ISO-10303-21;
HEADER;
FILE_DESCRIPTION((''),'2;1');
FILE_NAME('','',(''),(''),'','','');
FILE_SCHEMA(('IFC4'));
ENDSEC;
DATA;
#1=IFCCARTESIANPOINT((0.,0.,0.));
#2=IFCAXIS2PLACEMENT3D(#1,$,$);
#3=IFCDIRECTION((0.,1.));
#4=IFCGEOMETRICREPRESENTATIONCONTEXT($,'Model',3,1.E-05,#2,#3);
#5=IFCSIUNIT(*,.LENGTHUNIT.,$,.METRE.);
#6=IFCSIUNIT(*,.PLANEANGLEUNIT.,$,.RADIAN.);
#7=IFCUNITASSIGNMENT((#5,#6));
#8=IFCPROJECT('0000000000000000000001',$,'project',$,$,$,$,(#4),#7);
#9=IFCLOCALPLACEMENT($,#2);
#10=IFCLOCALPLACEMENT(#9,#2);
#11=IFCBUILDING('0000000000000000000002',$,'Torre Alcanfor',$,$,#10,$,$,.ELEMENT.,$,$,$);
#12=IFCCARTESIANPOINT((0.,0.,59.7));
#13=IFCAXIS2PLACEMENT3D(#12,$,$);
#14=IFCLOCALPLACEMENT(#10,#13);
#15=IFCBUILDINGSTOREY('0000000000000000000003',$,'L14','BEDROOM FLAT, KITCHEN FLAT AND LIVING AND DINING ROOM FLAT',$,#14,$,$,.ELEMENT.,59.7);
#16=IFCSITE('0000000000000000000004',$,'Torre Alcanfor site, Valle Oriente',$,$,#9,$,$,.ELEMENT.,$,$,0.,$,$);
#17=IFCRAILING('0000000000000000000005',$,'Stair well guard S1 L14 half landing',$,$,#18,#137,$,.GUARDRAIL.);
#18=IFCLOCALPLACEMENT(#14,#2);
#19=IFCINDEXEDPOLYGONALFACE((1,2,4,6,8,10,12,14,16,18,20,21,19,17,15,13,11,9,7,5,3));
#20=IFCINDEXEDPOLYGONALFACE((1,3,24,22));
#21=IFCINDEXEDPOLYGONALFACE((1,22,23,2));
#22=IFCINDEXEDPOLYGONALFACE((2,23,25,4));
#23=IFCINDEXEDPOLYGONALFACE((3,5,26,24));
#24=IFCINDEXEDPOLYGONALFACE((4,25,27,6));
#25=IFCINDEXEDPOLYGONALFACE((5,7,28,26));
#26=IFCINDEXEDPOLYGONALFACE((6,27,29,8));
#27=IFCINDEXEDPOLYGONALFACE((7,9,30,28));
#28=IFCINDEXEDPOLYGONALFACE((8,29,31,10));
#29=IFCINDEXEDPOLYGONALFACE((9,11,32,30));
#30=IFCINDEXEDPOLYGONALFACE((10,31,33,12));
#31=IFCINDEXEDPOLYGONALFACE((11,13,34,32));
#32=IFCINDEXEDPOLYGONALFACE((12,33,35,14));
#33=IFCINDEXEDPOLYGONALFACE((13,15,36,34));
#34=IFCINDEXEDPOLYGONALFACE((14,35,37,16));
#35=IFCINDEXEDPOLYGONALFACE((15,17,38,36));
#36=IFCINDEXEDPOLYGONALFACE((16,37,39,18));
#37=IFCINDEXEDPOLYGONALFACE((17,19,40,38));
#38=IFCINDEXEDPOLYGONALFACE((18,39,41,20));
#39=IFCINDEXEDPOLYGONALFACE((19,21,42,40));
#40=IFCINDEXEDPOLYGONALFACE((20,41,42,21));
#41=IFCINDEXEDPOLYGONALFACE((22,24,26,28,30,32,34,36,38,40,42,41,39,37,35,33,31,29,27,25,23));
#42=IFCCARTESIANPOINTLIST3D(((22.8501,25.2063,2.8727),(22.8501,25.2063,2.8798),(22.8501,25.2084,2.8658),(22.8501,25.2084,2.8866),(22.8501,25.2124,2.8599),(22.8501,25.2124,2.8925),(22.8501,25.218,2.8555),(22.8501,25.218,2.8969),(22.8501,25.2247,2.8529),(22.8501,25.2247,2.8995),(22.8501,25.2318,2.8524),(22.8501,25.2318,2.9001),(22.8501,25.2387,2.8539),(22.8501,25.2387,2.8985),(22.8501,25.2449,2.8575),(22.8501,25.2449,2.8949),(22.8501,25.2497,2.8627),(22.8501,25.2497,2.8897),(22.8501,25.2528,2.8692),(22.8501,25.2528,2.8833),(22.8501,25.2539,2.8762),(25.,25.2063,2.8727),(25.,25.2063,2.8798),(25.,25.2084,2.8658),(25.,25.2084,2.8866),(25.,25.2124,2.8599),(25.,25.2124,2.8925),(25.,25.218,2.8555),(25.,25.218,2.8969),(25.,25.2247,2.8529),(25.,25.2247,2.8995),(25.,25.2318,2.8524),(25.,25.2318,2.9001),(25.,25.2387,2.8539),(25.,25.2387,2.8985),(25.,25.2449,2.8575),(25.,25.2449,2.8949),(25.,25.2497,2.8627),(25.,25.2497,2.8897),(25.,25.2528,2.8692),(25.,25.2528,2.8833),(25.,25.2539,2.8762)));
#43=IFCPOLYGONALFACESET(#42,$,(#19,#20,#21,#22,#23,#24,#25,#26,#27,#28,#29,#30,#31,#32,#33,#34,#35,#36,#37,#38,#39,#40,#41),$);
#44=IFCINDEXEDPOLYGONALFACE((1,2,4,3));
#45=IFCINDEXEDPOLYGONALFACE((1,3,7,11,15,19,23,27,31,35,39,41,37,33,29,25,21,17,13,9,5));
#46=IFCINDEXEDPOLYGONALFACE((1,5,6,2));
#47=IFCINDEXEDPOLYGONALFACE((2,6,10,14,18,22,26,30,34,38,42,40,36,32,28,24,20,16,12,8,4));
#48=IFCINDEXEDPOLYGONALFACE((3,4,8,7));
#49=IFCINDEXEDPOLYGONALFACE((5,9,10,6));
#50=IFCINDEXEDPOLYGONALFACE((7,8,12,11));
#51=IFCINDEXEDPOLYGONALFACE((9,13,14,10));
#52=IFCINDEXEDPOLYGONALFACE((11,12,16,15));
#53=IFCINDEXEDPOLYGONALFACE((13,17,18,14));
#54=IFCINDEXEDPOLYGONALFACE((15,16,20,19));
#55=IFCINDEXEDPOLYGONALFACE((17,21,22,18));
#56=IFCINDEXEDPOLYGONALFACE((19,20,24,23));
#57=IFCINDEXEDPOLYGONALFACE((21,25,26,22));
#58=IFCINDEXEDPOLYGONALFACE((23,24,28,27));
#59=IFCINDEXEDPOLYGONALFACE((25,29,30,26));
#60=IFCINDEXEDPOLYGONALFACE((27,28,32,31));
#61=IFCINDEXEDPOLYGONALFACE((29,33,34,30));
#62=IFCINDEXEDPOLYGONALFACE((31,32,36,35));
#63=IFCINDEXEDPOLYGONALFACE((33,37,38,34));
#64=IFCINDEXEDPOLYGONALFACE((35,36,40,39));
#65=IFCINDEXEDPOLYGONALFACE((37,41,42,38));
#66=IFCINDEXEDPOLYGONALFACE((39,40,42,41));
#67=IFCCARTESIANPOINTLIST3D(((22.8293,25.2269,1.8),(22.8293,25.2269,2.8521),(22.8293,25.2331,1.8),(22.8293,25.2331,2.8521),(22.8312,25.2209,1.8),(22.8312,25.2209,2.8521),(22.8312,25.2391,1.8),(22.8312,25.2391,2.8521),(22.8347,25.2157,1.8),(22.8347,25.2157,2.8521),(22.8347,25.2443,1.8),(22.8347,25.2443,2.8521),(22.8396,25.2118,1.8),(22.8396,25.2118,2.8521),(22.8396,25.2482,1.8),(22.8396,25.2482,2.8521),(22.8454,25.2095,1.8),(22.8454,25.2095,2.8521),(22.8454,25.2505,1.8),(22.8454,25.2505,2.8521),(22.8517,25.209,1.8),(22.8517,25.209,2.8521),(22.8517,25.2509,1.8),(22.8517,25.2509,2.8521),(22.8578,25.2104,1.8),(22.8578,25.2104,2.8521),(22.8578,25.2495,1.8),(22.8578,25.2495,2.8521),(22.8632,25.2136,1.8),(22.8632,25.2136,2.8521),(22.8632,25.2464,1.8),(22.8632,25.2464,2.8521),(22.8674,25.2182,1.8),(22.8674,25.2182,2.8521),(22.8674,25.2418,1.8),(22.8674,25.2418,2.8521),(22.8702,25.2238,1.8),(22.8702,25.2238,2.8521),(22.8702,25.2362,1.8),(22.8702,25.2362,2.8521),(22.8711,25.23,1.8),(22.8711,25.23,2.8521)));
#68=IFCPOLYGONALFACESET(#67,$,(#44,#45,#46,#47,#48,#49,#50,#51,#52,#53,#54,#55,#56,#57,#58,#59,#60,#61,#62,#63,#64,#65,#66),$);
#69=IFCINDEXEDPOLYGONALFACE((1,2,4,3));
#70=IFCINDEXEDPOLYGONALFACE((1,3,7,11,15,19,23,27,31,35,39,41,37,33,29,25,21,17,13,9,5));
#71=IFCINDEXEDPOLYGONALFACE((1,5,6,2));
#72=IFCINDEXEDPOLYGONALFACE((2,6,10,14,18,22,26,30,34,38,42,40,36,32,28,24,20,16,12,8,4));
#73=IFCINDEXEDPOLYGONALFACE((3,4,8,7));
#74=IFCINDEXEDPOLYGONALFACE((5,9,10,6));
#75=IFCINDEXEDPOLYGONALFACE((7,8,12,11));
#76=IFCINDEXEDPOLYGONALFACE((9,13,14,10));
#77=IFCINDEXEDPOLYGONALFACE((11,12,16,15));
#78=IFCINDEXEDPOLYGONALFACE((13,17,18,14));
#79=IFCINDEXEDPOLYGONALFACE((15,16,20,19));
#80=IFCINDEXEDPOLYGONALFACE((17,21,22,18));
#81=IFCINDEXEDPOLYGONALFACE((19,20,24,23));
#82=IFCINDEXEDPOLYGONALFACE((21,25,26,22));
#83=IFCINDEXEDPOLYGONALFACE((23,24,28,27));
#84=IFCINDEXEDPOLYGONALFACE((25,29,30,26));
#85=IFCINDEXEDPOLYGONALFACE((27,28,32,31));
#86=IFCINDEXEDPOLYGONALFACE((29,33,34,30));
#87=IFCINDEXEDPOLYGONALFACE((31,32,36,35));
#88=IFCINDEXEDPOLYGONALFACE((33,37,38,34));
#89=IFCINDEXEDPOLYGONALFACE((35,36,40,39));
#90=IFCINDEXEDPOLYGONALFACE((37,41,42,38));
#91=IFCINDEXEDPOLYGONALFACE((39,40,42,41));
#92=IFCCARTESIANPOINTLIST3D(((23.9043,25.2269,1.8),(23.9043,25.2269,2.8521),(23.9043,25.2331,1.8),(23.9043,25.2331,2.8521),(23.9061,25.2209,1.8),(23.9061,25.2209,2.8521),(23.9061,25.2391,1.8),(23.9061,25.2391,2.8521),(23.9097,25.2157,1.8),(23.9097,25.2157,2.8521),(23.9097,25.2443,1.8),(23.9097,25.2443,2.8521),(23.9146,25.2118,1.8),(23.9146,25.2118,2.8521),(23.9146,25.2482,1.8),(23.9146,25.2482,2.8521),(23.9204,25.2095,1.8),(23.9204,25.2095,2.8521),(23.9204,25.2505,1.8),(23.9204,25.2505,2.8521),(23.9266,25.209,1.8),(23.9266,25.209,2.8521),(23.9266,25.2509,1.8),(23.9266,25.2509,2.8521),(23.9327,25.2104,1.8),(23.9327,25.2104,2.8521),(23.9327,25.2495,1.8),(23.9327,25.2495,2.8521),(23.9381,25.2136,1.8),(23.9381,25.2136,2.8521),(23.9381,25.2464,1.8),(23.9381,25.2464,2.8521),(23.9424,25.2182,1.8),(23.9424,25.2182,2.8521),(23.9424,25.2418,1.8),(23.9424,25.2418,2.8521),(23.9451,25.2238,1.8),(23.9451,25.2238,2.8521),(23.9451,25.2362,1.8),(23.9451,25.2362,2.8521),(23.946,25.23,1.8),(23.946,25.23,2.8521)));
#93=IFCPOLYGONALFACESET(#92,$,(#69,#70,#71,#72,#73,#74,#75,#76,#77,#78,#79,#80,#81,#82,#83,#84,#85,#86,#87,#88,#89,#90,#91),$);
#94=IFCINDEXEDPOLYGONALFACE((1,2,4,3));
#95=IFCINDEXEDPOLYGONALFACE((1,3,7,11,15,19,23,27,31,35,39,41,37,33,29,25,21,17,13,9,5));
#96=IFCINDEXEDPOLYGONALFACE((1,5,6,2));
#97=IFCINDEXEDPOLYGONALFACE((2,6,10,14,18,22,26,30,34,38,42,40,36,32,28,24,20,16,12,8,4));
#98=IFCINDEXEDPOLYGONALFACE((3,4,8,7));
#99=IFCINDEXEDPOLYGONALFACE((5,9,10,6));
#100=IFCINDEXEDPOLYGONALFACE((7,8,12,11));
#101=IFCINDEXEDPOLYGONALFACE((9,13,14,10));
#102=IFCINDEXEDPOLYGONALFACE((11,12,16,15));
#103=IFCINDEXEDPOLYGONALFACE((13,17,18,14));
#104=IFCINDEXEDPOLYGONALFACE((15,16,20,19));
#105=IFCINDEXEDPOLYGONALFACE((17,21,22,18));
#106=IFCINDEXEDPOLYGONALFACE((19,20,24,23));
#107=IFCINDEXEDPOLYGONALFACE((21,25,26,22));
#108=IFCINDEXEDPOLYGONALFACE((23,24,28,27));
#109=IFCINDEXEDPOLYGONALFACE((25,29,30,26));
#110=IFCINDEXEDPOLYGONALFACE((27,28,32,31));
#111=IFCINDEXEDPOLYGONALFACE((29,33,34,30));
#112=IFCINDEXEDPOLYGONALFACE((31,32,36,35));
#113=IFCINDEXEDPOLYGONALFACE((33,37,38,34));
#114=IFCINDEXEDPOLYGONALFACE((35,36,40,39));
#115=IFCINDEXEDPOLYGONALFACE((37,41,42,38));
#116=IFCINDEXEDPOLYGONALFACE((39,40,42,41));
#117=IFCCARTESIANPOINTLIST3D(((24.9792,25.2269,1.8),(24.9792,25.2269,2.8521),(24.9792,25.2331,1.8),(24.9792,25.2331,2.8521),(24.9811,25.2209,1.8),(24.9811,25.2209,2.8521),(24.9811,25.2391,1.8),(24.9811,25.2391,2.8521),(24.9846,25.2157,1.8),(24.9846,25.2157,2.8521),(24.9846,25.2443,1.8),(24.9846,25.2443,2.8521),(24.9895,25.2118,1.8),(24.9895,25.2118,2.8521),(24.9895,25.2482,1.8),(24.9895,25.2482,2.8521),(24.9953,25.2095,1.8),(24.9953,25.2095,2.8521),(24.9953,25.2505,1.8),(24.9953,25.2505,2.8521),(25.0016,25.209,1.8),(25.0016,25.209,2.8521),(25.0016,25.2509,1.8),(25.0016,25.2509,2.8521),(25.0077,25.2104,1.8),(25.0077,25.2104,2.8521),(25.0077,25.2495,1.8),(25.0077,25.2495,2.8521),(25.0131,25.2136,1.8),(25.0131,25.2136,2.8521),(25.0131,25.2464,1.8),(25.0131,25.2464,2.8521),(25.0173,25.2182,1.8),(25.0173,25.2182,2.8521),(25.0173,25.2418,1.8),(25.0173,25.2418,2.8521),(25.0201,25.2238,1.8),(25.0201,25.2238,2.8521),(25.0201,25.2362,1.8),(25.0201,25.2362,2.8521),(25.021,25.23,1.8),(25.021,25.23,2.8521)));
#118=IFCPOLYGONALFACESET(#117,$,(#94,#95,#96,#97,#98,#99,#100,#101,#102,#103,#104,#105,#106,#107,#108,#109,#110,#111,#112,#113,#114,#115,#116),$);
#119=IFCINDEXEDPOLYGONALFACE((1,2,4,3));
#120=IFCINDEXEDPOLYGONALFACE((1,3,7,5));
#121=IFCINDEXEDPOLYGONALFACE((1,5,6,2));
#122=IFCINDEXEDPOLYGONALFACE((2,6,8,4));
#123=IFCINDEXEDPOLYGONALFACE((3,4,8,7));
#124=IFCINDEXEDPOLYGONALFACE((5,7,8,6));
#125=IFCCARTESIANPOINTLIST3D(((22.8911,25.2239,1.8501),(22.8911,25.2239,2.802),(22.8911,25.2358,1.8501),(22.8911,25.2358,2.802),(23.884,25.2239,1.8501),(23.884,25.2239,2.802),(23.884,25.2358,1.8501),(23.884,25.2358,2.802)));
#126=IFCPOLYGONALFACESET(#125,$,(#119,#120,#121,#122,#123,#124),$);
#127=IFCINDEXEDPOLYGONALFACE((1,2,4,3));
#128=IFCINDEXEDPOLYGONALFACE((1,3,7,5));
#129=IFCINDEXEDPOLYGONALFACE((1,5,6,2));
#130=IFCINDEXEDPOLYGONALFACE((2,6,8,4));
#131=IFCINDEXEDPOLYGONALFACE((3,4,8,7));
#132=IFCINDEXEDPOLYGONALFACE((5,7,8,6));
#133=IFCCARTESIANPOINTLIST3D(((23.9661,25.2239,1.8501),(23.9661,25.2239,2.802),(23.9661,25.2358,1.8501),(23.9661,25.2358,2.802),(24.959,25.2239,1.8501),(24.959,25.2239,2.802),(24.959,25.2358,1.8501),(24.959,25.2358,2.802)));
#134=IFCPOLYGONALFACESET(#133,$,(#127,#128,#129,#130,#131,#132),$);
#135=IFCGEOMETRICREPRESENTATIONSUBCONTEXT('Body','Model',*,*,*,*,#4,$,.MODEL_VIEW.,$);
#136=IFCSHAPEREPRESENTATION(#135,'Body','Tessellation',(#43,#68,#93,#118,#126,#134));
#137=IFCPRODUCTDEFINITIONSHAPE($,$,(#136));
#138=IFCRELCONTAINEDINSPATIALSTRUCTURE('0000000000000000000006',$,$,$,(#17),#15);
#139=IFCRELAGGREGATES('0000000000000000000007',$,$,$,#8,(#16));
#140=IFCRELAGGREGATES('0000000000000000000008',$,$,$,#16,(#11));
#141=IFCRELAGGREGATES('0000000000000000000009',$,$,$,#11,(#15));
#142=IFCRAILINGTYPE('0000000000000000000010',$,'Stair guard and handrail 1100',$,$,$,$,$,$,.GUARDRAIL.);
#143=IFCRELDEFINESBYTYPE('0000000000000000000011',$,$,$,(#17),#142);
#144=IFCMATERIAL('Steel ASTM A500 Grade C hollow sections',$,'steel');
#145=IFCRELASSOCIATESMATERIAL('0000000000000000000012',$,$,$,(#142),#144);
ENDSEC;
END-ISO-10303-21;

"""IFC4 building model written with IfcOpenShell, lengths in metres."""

from ifc_helpers import new_model, si_unit, direction, frame, origin, origin_2d, place, context, subcontext, project, spatial, polyline, circle, outline, extrude, material, type_object, element, save


model = new_model("IFC4")

# Units and contexts
model_context = context("Model", 3, precision=1e-05, world=origin(), true_north=direction((0.0, 1.0)))
body_context = subcontext(model_context, "Body", "Model", "MODEL_VIEW")
ifc_project = project(units=[si_unit("LENGTHUNIT", "METRE"), si_unit("PLANEANGLEUNIT", "RADIAN")], contexts=[model_context])

# Site, building, storey
site_placement = place(None, origin())
site = spatial("IfcSite", under=ifc_project, at=site_placement, Name="Torre Alcanfor site, Valle Oriente", CompositionType="ELEMENT", RefElevation=0.0)
building_placement = place(site_placement, origin())
building = spatial("IfcBuilding", under=site, at=building_placement, Name="Torre Alcanfor", CompositionType="ELEMENT")
storey_placement = place(building_placement, frame((0.0, 0.0, 59.7)))
storey = spatial("IfcBuildingStorey", under=building, at=storey_placement, Name="L14", Description="BEDROOM FLAT, KITCHEN FLAT AND LIVING AND DINING ROOM FLAT", CompositionType="ELEMENT", Elevation=59.7)

# Railing
ifc_material_1 = material(Name="Steel ASTM A500 Grade C hollow sections", Category="steel")
railing_type_1 = type_object("IfcRailingType", Name="Stair guard and handrail 1100", PredefinedType="GUARDRAIL", material=ifc_material_1)
railing_1_placement = place(storey_placement, frame((22.8501, 25.23, 1.8)))
element("IfcRailing", 1, at=railing_1_placement, inside=storey, type_object=railing_type_1, Name="Stair well guard S1 L14 half landing", PredefinedType="GUARDRAIL", context=body_context, shape_type="SweptSolid", body=[
    extrude(circle(Radius=0.0239, at=origin_2d()), frame((0.0, 0.0, 1.0762), z_axis=(1.0, 0.0, 0.0), x_axis=(0.0, 1.0, 0.0)), (0.0, 0.0, 1.0), 2.1499),
    extrude(circle(Radius=0.021, at=origin_2d()), origin(), (0.0, 0.0, 1.0), 1.052),
    extrude(circle(Radius=0.021, at=origin_2d()), frame((1.075, 0.0, 0.0)), (0.0, 0.0, 1.0), 1.052),
    extrude(circle(Radius=0.021, at=origin_2d()), frame((2.1499, 0.0, 0.0)), (0.0, 0.0, 1.0), 1.052),
    extrude(outline(polyline([(0.041, 0.05), (1.0339, 0.05), (1.0339, 1.002), (0.041, 1.002), (0.041, 0.05)])), frame((0.0, 0.0059, 0.0), z_axis=(0.0, -1.0, 0.0), x_axis=(1.0, 0.0, 0.0)), (0.0, 0.0, 1.0), 0.012),
    extrude(outline(polyline([(1.116, 0.05), (2.1089, 0.05), (2.1089, 1.002), (1.116, 1.002), (1.116, 0.05)])), frame((0.0, 0.0059, 0.0), z_axis=(0.0, -1.0, 0.0), x_axis=(1.0, 0.0, 0.0)), (0.0, 0.0, 1.0), 0.012),
])

save(model, "model.ifc")
